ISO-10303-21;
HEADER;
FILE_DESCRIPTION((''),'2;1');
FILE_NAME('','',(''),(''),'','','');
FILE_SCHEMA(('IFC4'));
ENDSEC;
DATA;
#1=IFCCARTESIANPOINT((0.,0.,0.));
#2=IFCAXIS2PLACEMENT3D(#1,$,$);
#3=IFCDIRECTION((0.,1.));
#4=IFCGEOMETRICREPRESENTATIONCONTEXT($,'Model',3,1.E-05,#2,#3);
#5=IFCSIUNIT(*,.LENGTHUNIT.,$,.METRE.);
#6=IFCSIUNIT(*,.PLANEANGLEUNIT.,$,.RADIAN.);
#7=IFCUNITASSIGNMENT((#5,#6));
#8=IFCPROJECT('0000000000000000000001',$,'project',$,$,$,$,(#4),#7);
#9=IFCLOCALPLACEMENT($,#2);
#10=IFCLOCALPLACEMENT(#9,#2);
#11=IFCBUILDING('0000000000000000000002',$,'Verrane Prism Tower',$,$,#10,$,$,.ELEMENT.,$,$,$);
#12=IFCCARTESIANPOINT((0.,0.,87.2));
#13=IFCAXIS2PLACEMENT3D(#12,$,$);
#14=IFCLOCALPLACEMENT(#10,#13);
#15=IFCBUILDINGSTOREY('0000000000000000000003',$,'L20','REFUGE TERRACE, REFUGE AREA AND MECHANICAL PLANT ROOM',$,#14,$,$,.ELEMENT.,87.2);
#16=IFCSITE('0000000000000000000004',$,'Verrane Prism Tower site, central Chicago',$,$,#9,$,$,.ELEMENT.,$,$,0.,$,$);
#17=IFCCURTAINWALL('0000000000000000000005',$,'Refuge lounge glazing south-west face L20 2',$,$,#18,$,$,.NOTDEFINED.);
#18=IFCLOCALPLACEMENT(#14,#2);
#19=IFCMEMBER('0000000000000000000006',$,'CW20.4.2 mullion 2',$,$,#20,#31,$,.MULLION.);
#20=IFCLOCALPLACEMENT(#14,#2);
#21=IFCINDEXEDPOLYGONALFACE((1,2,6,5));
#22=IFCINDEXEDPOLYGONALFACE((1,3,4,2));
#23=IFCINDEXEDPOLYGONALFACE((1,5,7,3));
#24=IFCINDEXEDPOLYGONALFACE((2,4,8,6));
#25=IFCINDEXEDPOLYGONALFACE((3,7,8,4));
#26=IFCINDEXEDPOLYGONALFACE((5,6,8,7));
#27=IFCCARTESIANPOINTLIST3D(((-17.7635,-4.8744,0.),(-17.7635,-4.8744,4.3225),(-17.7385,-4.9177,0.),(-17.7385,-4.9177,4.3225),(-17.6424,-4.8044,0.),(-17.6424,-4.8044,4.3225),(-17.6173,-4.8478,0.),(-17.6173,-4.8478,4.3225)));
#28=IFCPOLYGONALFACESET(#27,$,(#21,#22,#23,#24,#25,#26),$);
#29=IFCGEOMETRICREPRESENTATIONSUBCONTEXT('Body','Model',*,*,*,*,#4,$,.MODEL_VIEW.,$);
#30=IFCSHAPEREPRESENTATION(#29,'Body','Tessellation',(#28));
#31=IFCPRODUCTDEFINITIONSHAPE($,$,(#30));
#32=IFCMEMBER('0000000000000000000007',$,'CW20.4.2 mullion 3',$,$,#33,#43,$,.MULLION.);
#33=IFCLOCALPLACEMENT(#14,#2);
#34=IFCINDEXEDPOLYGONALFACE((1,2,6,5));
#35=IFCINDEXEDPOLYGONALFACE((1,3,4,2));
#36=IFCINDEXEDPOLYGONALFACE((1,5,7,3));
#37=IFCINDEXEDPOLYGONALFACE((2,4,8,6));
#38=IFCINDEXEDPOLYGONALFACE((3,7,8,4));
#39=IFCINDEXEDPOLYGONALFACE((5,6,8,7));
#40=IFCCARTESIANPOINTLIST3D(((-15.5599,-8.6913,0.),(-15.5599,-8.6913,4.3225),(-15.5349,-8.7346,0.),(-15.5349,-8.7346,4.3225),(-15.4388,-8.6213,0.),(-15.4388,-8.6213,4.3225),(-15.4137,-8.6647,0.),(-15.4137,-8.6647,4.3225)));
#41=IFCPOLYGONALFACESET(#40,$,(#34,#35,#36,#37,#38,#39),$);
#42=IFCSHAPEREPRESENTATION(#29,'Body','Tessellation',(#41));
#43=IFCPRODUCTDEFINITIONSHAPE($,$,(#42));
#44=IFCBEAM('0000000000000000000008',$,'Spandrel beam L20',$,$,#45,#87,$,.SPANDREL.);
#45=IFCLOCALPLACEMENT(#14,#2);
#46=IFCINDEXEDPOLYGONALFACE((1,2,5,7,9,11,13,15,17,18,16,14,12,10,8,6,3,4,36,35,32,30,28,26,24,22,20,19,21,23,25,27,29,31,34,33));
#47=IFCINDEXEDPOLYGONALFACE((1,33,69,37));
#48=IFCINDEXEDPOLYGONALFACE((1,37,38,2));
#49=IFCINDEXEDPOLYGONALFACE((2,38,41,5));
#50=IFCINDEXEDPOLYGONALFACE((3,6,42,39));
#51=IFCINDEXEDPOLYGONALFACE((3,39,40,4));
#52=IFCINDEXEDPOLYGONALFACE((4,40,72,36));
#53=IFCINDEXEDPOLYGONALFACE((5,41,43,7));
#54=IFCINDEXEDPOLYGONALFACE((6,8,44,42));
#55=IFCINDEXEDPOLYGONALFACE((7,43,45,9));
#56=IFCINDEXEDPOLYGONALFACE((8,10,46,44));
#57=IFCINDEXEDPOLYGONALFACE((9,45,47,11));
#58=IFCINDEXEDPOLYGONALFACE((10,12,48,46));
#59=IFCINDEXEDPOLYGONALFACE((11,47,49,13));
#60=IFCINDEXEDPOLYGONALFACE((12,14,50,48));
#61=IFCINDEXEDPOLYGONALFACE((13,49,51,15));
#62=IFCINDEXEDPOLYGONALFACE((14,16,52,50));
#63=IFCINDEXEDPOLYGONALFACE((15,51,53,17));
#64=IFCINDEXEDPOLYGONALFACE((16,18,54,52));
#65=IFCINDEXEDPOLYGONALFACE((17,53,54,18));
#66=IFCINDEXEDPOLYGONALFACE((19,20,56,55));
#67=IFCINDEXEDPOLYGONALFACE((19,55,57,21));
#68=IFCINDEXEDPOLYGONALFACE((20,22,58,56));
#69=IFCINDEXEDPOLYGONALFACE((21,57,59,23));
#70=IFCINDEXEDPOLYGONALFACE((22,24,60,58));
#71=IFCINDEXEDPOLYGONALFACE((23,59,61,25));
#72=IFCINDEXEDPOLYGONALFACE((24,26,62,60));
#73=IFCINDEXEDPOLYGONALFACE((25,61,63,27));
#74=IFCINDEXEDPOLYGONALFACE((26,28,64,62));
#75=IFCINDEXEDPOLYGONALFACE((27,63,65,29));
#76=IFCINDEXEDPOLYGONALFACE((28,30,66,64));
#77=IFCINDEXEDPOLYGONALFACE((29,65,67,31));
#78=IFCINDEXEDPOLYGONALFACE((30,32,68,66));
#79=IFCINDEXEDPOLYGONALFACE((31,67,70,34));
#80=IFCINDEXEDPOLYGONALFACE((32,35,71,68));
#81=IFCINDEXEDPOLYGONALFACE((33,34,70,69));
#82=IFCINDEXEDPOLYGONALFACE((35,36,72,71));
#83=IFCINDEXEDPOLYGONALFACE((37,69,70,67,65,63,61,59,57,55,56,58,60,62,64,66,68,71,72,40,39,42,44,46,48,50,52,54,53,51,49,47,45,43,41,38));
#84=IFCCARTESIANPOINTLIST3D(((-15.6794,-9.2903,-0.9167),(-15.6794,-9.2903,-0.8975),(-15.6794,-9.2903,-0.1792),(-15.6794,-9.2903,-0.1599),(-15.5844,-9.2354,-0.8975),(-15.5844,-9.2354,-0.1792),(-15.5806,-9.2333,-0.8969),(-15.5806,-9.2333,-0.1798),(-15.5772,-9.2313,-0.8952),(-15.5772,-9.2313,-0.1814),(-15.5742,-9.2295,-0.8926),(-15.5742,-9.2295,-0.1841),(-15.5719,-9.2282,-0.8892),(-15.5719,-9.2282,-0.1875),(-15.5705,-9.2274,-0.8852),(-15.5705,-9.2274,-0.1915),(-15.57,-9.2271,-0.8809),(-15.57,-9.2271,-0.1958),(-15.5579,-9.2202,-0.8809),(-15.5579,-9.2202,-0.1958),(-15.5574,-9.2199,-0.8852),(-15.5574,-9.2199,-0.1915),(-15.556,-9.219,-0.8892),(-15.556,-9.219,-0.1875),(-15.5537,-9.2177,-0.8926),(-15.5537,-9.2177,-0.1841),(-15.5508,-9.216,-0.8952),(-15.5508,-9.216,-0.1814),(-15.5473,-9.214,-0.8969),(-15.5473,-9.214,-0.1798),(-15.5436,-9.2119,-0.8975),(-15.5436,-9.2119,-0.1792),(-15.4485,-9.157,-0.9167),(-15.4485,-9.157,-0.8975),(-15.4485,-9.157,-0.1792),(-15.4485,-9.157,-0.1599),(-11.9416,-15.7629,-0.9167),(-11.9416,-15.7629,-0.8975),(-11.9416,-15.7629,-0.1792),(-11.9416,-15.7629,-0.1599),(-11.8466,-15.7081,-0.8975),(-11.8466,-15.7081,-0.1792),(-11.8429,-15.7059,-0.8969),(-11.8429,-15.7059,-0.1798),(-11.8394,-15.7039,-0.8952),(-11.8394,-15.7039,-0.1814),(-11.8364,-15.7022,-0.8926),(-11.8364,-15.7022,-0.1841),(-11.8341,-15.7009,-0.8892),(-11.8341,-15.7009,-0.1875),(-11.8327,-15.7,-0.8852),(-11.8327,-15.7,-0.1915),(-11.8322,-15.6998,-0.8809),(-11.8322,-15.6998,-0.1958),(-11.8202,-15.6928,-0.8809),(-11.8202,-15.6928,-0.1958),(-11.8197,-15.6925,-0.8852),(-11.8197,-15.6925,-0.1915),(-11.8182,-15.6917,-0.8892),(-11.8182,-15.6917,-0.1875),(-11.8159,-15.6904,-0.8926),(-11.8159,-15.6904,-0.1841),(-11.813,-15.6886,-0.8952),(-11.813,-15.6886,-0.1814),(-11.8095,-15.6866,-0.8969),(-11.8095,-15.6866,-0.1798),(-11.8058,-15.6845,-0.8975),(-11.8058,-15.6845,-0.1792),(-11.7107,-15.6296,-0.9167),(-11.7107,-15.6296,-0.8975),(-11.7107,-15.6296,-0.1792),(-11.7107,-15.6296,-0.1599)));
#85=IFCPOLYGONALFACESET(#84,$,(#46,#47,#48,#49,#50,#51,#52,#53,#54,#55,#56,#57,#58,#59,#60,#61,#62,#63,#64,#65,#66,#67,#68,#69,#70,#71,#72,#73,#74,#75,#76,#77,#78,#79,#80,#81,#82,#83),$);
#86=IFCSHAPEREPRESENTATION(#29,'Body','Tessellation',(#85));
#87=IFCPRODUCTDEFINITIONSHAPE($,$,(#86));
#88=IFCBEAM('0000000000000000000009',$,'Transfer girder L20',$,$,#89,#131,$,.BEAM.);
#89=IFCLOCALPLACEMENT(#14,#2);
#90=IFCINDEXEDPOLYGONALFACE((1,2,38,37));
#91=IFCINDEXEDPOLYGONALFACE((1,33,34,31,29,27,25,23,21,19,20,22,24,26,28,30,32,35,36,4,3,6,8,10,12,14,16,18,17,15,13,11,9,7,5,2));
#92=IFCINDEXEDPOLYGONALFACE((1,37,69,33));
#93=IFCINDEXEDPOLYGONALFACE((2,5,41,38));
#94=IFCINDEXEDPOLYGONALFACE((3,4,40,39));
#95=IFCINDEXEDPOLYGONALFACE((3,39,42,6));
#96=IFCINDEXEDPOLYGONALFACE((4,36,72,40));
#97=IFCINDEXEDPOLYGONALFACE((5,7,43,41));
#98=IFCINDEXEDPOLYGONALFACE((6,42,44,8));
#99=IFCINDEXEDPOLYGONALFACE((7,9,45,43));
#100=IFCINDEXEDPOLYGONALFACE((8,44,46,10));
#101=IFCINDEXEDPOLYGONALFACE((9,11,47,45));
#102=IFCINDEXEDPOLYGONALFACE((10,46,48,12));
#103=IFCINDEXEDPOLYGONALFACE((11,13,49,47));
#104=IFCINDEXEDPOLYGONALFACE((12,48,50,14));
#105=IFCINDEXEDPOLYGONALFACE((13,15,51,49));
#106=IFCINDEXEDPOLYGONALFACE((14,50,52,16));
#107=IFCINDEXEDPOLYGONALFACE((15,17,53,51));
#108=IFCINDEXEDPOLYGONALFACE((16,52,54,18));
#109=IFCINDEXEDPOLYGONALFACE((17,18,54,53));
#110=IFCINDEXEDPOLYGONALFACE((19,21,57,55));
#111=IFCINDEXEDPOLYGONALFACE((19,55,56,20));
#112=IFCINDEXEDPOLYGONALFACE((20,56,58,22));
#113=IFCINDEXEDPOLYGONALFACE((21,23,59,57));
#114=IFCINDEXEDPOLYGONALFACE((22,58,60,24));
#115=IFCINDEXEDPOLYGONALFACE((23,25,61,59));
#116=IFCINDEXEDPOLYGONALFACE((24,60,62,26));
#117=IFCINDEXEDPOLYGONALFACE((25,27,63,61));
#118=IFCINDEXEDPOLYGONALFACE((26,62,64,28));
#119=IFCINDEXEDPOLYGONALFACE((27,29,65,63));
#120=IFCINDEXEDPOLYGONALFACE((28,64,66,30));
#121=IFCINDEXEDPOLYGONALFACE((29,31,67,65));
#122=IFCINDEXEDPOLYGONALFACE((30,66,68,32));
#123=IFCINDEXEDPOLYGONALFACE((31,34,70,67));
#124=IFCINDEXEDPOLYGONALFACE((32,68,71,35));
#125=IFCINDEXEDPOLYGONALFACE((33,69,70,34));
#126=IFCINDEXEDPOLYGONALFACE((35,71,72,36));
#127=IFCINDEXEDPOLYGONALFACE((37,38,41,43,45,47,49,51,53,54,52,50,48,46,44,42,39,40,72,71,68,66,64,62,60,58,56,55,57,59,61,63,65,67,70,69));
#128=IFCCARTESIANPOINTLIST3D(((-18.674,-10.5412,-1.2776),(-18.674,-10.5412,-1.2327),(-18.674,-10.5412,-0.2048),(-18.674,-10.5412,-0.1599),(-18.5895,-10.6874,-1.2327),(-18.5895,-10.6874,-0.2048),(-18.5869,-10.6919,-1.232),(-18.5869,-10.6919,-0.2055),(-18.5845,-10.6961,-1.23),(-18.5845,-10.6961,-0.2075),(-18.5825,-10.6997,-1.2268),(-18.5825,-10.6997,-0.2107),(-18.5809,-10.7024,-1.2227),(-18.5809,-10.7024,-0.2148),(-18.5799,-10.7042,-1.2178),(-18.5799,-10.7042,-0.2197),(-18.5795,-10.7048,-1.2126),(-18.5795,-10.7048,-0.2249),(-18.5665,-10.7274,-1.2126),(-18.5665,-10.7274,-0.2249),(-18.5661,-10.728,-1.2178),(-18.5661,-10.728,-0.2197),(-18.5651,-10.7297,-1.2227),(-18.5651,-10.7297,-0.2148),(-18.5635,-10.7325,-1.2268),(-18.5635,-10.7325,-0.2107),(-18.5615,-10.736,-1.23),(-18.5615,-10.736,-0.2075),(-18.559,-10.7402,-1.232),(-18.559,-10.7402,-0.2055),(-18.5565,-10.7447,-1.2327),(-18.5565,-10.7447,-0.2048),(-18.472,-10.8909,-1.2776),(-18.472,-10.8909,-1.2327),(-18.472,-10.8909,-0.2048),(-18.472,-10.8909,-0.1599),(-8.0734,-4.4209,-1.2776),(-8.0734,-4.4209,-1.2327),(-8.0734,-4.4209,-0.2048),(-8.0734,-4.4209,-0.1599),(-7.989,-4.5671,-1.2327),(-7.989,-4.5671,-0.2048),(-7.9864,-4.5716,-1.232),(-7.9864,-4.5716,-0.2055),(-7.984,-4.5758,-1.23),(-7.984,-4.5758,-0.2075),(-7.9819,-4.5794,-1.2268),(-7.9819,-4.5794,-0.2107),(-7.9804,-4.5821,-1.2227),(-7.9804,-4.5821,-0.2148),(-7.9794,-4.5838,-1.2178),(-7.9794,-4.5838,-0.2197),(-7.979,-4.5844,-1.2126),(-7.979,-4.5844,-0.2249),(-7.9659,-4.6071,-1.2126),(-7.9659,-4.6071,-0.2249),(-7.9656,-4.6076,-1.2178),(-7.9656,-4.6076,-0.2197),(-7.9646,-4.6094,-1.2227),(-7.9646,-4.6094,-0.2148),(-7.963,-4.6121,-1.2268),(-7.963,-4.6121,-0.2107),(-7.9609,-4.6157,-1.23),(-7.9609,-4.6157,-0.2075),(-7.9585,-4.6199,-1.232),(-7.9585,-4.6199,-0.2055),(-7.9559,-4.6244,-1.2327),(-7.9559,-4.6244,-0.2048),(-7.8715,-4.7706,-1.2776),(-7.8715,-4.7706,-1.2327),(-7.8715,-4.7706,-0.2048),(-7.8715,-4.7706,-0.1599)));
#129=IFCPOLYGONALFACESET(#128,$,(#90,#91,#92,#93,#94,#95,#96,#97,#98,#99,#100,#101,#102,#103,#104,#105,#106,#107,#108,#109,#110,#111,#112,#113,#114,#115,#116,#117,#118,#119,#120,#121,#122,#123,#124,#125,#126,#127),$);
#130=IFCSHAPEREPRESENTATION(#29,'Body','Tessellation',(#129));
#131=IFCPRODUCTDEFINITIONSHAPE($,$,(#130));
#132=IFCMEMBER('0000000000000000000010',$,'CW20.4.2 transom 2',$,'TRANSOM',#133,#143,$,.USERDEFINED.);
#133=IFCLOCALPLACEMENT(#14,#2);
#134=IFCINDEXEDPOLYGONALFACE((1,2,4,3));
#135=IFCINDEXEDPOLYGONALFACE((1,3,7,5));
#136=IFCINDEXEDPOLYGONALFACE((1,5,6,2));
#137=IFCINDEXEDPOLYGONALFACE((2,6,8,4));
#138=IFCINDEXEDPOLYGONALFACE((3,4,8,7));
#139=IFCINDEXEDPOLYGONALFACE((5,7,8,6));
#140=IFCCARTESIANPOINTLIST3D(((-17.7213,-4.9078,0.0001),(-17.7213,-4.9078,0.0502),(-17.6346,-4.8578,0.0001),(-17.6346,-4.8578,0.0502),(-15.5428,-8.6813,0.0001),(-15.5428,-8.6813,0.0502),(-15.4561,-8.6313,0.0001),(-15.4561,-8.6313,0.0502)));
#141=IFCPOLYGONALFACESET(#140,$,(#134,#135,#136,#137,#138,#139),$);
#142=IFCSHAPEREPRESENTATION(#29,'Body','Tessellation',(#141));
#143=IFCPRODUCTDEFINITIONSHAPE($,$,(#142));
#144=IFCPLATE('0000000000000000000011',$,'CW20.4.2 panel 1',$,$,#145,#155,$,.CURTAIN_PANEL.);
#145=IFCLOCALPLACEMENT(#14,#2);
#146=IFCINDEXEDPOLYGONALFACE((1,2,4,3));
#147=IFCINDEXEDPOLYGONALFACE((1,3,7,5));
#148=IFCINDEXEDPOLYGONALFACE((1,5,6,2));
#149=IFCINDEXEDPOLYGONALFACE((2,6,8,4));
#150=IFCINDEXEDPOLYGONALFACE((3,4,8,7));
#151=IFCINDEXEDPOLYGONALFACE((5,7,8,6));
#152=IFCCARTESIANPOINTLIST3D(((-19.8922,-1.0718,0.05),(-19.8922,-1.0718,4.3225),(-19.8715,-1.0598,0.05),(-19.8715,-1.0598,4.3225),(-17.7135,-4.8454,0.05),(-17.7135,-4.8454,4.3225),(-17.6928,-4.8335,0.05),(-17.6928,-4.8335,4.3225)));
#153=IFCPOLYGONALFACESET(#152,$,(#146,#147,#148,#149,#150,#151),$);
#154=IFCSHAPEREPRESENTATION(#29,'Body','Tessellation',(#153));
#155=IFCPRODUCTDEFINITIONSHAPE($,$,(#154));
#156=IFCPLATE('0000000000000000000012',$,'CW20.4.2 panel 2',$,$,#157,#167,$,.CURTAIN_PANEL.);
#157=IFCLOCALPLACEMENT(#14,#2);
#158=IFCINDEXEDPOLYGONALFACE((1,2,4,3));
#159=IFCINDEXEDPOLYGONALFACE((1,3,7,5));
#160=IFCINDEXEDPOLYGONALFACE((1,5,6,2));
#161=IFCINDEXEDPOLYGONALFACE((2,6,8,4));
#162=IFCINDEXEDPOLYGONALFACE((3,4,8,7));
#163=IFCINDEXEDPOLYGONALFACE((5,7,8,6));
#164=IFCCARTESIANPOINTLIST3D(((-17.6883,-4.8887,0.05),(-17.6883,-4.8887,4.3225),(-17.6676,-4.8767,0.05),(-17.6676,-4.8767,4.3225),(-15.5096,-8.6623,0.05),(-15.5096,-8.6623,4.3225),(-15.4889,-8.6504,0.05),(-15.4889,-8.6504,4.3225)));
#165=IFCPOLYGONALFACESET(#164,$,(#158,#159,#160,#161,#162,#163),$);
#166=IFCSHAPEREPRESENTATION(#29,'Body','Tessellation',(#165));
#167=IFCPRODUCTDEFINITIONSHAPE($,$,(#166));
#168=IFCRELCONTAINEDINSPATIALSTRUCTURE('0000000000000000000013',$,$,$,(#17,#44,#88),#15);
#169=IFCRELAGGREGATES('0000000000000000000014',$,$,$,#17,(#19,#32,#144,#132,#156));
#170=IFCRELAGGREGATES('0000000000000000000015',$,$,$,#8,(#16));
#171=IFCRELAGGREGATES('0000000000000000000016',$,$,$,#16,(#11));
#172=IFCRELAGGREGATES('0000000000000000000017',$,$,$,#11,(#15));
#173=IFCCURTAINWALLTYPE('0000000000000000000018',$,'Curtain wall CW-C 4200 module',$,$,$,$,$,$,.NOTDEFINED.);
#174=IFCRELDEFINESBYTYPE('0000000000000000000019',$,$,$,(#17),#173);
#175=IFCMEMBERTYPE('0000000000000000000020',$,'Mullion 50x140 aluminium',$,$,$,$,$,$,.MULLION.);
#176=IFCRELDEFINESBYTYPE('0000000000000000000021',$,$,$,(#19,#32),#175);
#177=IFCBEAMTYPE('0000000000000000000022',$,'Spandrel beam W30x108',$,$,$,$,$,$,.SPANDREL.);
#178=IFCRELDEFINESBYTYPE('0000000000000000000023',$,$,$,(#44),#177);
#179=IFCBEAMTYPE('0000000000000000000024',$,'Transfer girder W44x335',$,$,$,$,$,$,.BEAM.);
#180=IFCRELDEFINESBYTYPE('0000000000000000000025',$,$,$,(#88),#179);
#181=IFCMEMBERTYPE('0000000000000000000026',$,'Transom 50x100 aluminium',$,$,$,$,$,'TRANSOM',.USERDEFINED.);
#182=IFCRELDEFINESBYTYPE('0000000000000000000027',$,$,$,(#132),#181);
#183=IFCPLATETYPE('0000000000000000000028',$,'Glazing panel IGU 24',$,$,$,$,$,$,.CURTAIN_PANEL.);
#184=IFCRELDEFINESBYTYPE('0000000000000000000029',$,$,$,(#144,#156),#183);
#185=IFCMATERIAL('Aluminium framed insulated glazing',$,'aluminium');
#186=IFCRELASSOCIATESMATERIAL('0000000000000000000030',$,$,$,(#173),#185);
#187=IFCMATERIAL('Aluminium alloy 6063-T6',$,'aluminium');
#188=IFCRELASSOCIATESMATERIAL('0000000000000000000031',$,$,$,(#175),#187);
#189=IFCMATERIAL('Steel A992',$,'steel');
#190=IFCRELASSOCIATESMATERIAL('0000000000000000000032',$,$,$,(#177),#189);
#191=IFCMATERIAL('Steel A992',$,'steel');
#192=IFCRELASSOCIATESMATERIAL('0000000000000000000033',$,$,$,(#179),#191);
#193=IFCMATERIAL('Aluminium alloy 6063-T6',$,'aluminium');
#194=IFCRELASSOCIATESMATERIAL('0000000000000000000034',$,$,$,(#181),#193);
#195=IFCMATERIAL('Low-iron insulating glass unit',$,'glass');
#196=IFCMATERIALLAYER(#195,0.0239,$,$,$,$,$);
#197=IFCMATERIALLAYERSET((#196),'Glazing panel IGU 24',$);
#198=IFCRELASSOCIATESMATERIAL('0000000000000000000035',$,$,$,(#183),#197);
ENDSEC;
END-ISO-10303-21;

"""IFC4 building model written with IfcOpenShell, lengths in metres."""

from ifc_helpers import new_model, si_unit, direction, frame, origin, origin_2d, place, context, subcontext, project, spatial, rectangle, i_section, extrude, material, layer, layer_set, material_profile, profile_set, type_object, element, aggregate, save


model = new_model("IFC4")

# Units and contexts
model_context = context("Model", 3, precision=1e-05, world=origin(), true_north=direction((0.0, 1.0)))
body_context = subcontext(model_context, "Body", "Model", "MODEL_VIEW")
ifc_project = project(units=[si_unit("LENGTHUNIT", "METRE"), si_unit("PLANEANGLEUNIT", "RADIAN")], contexts=[model_context])

# Site, building, storey
site_placement = place(None, origin())
site = spatial("IfcSite", under=ifc_project, at=site_placement, Name="Verrane Prism Tower site, central Chicago", CompositionType="ELEMENT", RefElevation=0.0)
building_placement = place(site_placement, origin())
building = spatial("IfcBuilding", under=site, at=building_placement, Name="Verrane Prism Tower", CompositionType="ELEMENT")
storey_placement = place(building_placement, frame((0.0, 0.0, 87.2)))
storey = spatial("IfcBuildingStorey", under=building, at=storey_placement, Name="L20", Description="REFUGE TERRACE, REFUGE AREA AND MECHANICAL PLANT ROOM", CompositionType="ELEMENT", Elevation=87.2)

# Curtain wall, members
ifc_material_1 = material(Name="Aluminium framed insulated glazing", Category="aluminium")
curtain_wall_type = type_object("IfcCurtainWallType", Name="Curtain wall CW-C 4200 module", PredefinedType="NOTDEFINED", material=ifc_material_1)
curtain_wall_placement = place(storey_placement, origin())
curtain_wall = element("IfcCurtainWall", 1, at=curtain_wall_placement, inside=storey, type_object=curtain_wall_type, Name="Refuge lounge glazing south-west face L20 2", PredefinedType="NOTDEFINED")
ifc_material_2 = material(Name="Aluminium alloy 6063-T6", Category="aluminium")
ifc_material_profile_1 = material_profile(ifc_material_2, rectangle(XDim=0.1399, YDim=0.05, at=origin_2d()), Name="Mullion 50x140 aluminium")
ifc_profile_set_1 = profile_set([ifc_material_profile_1], Name="Aluminium alloy 6063-T6")
member_type_1 = type_object("IfcMemberType", Name="Mullion 50x140 aluminium", PredefinedType="MULLION", material=ifc_profile_set_1)
member_1_placement = place(storey_placement, frame((-17.6904, -4.8611, 0.0), z_axis=(0.0, 0.0, 1.0), x_axis=(0.866026, 0.499998, 0.0)))
member_1 = element("IfcMember", 2, at=member_1_placement, type_object=member_type_1, Name="CW20.4.2 mullion 2", PredefinedType="MULLION", context=body_context, shape_type="SweptSolid", body=[
    extrude(rectangle(XDim=0.1399, YDim=0.05, at=origin_2d()), origin(), (0.0, 0.0, 1.0), 4.3225),
])
member_2_placement = place(storey_placement, frame((-15.4868, -8.678, 0.0), z_axis=(0.0, 0.0, 1.0), x_axis=(0.866026, 0.499998, 0.0)))
member_2 = element("IfcMember", 3, at=member_2_placement, type_object=member_type_1, Name="CW20.4.2 mullion 3", PredefinedType="MULLION", context=body_context, shape_type="SweptSolid", body=[
    extrude(rectangle(XDim=0.1399, YDim=0.05, at=origin_2d()), origin(), (0.0, 0.0, 1.0), 4.3225),
])

# Beams
ifc_material_3 = material(Name="Steel A992", Category="steel")
ifc_material_profile_2 = material_profile(ifc_material_3, i_section(OverallWidth=0.2666, OverallDepth=0.7568, WebThickness=0.0139, FlangeThickness=0.0193, FilletRadius=0.0166, at=origin_2d()), Name="W30x108")
ifc_profile_set_2 = profile_set([ifc_material_profile_2], Name="Steel A992")
beam_type_1 = type_object("IfcBeamType", Name="Spandrel beam W30x108", PredefinedType="SPANDREL", material=ifc_profile_set_2)
beam_1_placement = place(storey_placement, frame((-15.564, -9.2236, -0.5383), z_axis=(0.500081, -0.865979, 0.0), x_axis=(0.865979, 0.500081, 0.0)))
element("IfcBeam", 4, at=beam_1_placement, inside=storey, type_object=beam_type_1, Name="Spandrel beam L20", PredefinedType="SPANDREL", context=body_context, shape_type="SweptSolid", body=[
    extrude(i_section(OverallWidth=0.2666, OverallDepth=0.7568, WebThickness=0.0139, FlangeThickness=0.0193, FilletRadius=0.0166, at=origin_2d()), origin(), (0.0, 0.0, 1.0), 7.4744),
])
ifc_material_4 = material(Name="Steel A992", Category="steel")
ifc_material_profile_3 = material_profile(ifc_material_4, i_section(OverallWidth=0.4038, OverallDepth=1.1177, WebThickness=0.0261, FlangeThickness=0.0449, FilletRadius=0.02, at=origin_2d()), Name="W44x335")
ifc_profile_set_3 = profile_set([ifc_material_profile_3], Name="Steel A992")
beam_type_2 = type_object("IfcBeamType", Name="Transfer girder W44x335", PredefinedType="BEAM", material=ifc_profile_set_3)
beam_2_placement = place(storey_placement, frame((-18.573, -10.7161, -0.7188), z_axis=(0.866022, 0.500007, 0.0), x_axis=(-0.500007, 0.866022, 0.0)))
element("IfcBeam", 5, at=beam_2_placement, inside=storey, type_object=beam_type_2, Name="Transfer girder L20", PredefinedType="BEAM", context=body_context, shape_type="SweptSolid", body=[
    extrude(i_section(OverallWidth=0.4038, OverallDepth=1.1177, WebThickness=0.0261, FlangeThickness=0.0449, FilletRadius=0.02, at=origin_2d()), origin(), (0.0, 0.0, 1.0), 12.2405),
])

# Member
ifc_material_5 = material(Name="Aluminium alloy 6063-T6", Category="aluminium")
ifc_material_profile_4 = material_profile(ifc_material_5, rectangle(XDim=0.1001, YDim=0.05, at=origin_2d()), Name="Transom 50x100 aluminium")
ifc_profile_set_4 = profile_set([ifc_material_profile_4], Name="Aluminium alloy 6063-T6")
member_type_2 = type_object("IfcMemberType", Name="Transom 50x100 aluminium", ElementType="TRANSOM", PredefinedType="USERDEFINED", material=ifc_profile_set_4)
member_3_placement = place(storey_placement, frame((-17.678, -4.8828, 0.0251), z_axis=(0.499978, -0.866038, 0.0), x_axis=(0.866038, 0.499978, 0.0)))
member_3 = element("IfcMember", 6, at=member_3_placement, type_object=member_type_2, Name="CW20.4.2 transom 2", ObjectType="TRANSOM", PredefinedType="USERDEFINED", context=body_context, shape_type="SweptSolid", body=[
    extrude(rectangle(XDim=0.1001, YDim=0.05, at=origin_2d()), origin(), (0.0, 0.0, 1.0), 4.3572),
])

# Plates
ifc_material_6 = material(Name="Low-iron insulating glass unit", Category="glass")
ifc_layer_1 = layer(ifc_material_6, 0.0239)
ifc_layer_set_1 = layer_set([ifc_layer_1], Name="Glazing panel IGU 24")
plate_type = type_object("IfcPlateType", Name="Glazing panel IGU 24", PredefinedType="CURTAIN_PANEL", material=ifc_layer_set_1)
plate_1_placement = place(storey_placement, frame((-18.7925, -2.9526, 0.05), z_axis=(0.0, 0.0, 1.0), x_axis=(0.499998, -0.866026, 0.0)))
plate_1 = element("IfcPlate", 7, at=plate_1_placement, type_object=plate_type, Name="CW20.4.2 panel 1", PredefinedType="CURTAIN_PANEL", context=body_context, shape_type="SweptSolid", body=[
    extrude(rectangle(XDim=4.3574, YDim=0.0239, at=origin_2d()), origin(), (0.0, 0.0, 1.0), 4.2725),
])
plate_2_placement = place(storey_placement, frame((-16.5886, -6.7695, 0.05), z_axis=(0.0, 0.0, 1.0), x_axis=(0.499998, -0.866026, 0.0)))
plate_2 = element("IfcPlate", 8, at=plate_2_placement, type_object=plate_type, Name="CW20.4.2 panel 2", PredefinedType="CURTAIN_PANEL", context=body_context, shape_type="SweptSolid", body=[
    extrude(rectangle(XDim=4.3574, YDim=0.0239, at=origin_2d()), origin(), (0.0, 0.0, 1.0), 4.2725),
])
aggregate(curtain_wall, [member_1, member_2, plate_1, member_3, plate_2])

save(model, "model.ifc")
